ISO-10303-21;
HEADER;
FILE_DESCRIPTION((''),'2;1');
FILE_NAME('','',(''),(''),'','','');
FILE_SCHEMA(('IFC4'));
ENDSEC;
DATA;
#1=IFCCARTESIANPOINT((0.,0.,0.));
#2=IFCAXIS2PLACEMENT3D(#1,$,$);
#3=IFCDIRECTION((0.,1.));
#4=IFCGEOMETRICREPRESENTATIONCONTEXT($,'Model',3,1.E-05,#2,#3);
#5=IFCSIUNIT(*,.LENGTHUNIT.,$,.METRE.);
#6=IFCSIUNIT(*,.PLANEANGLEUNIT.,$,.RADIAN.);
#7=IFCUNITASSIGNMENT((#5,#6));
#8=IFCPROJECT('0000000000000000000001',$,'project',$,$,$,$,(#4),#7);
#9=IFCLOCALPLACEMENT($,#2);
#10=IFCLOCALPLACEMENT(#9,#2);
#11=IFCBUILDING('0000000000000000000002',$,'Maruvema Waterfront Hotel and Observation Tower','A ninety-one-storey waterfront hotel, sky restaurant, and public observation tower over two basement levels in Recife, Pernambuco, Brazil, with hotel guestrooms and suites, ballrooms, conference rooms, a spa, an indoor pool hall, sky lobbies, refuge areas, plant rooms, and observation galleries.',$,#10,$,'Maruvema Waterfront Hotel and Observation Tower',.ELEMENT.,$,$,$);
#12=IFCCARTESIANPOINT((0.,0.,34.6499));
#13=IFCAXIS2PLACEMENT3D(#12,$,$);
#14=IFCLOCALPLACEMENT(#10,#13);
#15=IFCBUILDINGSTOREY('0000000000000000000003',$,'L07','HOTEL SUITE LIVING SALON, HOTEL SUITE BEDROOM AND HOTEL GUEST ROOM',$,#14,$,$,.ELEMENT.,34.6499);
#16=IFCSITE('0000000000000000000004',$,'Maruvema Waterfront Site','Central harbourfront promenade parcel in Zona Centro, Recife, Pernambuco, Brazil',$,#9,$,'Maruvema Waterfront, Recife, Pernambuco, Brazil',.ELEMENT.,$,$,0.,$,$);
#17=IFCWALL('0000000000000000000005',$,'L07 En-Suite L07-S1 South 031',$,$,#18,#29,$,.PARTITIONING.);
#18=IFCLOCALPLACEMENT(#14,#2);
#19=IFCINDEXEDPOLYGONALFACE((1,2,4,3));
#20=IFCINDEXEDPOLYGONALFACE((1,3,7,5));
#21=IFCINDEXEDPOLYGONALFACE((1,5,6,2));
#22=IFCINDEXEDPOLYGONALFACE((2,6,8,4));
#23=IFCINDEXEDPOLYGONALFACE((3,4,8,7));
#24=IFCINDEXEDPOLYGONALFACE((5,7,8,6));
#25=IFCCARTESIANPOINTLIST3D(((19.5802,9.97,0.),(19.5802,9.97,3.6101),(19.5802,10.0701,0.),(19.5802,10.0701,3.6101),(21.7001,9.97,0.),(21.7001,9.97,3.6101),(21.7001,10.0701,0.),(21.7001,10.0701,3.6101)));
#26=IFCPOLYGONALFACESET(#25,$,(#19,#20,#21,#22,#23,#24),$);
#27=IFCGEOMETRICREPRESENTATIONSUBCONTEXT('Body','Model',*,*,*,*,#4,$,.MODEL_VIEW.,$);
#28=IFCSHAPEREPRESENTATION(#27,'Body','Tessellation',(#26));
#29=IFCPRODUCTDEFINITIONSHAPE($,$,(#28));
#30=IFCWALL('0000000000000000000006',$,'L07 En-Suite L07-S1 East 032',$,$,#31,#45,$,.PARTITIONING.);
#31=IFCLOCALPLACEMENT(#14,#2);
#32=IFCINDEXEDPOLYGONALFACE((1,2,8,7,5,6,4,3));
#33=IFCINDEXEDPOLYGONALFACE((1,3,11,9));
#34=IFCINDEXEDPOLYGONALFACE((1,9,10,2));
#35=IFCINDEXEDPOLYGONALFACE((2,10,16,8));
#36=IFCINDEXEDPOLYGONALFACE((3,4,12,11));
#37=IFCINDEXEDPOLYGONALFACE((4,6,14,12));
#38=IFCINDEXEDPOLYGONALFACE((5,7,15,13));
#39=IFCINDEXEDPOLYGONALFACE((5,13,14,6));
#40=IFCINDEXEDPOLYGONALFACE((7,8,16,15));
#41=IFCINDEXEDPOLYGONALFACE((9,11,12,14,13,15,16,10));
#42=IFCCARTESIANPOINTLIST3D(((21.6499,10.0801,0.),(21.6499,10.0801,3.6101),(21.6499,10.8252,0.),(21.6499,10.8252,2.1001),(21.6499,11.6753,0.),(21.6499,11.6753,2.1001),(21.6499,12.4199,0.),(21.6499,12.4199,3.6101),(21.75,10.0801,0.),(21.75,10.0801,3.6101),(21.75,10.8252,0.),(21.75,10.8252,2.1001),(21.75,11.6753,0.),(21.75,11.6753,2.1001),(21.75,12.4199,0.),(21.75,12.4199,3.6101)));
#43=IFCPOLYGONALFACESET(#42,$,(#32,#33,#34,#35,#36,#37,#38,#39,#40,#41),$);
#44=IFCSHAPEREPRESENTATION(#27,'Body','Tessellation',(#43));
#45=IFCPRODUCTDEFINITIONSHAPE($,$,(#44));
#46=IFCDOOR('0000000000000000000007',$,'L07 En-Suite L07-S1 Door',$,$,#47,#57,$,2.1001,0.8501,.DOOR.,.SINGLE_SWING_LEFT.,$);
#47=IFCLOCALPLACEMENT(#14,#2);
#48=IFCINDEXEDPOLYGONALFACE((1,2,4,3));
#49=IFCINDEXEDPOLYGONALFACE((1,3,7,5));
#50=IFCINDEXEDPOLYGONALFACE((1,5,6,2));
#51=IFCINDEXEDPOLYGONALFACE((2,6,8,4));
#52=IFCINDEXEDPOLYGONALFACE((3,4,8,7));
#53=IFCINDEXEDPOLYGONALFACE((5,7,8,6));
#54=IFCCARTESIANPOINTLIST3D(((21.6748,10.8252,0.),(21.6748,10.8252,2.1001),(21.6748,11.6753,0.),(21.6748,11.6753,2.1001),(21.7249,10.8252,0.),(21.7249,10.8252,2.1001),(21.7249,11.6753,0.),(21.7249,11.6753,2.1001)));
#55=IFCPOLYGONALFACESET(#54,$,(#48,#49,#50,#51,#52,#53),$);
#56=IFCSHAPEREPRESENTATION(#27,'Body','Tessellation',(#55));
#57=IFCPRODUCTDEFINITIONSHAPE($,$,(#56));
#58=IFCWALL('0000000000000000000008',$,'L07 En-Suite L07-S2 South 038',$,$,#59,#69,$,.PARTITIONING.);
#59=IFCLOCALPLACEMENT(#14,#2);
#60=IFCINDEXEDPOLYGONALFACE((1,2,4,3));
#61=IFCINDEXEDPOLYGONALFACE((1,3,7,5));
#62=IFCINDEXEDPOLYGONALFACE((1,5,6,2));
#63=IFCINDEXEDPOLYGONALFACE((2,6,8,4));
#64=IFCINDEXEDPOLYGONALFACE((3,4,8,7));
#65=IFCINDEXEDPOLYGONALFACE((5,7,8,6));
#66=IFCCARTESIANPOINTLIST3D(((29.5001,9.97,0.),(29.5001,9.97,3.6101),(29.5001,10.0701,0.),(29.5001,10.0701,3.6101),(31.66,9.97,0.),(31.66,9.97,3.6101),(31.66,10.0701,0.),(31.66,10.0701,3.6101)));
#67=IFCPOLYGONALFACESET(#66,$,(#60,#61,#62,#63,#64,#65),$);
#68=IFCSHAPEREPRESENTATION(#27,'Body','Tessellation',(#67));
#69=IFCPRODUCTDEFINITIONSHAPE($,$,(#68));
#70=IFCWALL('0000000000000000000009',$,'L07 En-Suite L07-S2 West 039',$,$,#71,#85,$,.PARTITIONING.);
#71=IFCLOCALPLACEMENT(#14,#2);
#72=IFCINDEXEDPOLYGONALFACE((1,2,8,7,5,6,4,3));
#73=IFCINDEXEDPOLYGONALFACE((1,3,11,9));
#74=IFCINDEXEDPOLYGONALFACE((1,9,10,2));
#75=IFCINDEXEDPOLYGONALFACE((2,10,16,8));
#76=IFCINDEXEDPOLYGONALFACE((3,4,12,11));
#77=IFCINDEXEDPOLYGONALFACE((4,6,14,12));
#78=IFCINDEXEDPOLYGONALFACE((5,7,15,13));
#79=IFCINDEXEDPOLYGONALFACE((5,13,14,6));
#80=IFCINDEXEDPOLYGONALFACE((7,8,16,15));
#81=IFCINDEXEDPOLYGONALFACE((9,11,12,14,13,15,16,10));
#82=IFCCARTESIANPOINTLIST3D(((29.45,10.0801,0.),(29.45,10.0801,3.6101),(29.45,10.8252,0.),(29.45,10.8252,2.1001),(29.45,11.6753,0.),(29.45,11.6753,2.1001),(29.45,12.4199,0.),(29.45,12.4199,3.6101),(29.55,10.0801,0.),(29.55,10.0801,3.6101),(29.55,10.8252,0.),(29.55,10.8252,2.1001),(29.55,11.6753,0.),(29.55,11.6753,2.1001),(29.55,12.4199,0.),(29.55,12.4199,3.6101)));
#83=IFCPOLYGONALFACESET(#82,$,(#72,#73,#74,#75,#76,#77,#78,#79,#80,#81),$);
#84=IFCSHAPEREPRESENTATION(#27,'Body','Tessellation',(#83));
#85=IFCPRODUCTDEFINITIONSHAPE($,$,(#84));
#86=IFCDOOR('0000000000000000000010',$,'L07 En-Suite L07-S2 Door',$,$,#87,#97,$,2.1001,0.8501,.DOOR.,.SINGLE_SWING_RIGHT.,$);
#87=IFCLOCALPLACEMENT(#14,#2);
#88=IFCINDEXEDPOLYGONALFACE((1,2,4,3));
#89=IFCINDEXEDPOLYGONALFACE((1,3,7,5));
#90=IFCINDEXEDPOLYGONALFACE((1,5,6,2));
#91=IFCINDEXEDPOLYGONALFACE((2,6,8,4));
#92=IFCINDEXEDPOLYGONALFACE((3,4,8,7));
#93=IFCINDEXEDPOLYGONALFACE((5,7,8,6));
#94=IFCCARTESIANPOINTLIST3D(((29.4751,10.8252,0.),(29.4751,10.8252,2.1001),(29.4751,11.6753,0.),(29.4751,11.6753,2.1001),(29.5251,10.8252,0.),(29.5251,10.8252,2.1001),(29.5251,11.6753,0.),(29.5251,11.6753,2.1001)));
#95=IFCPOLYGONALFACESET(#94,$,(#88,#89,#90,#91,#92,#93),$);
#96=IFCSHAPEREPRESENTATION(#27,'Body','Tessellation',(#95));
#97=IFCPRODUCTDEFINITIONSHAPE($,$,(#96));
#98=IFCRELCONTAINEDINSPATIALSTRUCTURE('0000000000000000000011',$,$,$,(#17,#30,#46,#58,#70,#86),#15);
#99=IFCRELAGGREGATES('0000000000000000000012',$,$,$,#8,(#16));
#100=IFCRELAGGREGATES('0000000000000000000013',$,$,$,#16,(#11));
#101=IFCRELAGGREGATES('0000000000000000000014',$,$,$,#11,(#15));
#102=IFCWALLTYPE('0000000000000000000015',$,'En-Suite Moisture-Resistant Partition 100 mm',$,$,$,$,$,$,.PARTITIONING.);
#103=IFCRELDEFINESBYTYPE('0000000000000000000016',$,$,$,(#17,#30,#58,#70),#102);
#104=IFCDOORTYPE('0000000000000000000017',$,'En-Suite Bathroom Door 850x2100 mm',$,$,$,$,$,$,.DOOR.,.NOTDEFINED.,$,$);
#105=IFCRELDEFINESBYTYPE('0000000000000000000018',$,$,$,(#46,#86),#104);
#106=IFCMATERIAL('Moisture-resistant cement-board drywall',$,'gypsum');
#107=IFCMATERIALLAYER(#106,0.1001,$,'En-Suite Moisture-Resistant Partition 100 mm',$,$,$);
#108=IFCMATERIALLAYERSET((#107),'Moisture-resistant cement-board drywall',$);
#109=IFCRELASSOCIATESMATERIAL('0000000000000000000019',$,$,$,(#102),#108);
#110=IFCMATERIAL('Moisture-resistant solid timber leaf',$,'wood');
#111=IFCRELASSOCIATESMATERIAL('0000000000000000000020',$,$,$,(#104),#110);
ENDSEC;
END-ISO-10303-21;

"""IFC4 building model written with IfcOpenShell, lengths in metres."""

from ifc_helpers import new_model, si_unit, direction, frame, frame_2d, origin, place, context, subcontext, project, spatial, rectangle, extrude, material, layer, layer_set, type_object, element, fill, save


model = new_model("IFC4")

# Units and contexts
model_context = context("Model", 3, precision=1e-05, world=origin(), true_north=direction((0.0, 1.0)))
body_context = subcontext(model_context, "Body", "Model", "MODEL_VIEW")
ifc_project = project(units=[si_unit("LENGTHUNIT", "METRE"), si_unit("PLANEANGLEUNIT", "RADIAN")], contexts=[model_context])

# Site, building, storey
site_placement = place(None, origin())
site = spatial("IfcSite", under=ifc_project, at=site_placement, Name="Maruvema Waterfront Site", Description="Central harbourfront promenade parcel in Zona Centro, Recife, Pernambuco, Brazil", LongName="Maruvema Waterfront, Recife, Pernambuco, Brazil", CompositionType="ELEMENT", RefElevation=0.0)
building_placement = place(site_placement, origin())
building = spatial("IfcBuilding", under=site, at=building_placement, Name="Maruvema Waterfront Hotel and Observation Tower", Description="A ninety-one-storey waterfront hotel, sky restaurant, and public observation tower over two basement levels in Recife, Pernambuco, Brazil, with hotel guestrooms and suites, ballrooms, conference rooms, a spa, an indoor pool hall, sky lobbies, refuge areas, plant rooms, and observation galleries.", LongName="Maruvema Waterfront Hotel and Observation Tower", CompositionType="ELEMENT")
storey_placement = place(building_placement, frame((0.0, 0.0, 34.6499)))
storey = spatial("IfcBuildingStorey", under=building, at=storey_placement, Name="L07", Description="HOTEL SUITE LIVING SALON, HOTEL SUITE BEDROOM AND HOTEL GUEST ROOM", CompositionType="ELEMENT", Elevation=34.6499)

# Wall
ifc_material_1 = material(Name="Moisture-resistant cement-board drywall", Category="gypsum")
ifc_layer_1 = layer(ifc_material_1, 0.1001, Name="En-Suite Moisture-Resistant Partition 100 mm")
ifc_layer_set_1 = layer_set([ifc_layer_1], Name="Moisture-resistant cement-board drywall")
wall_type_1 = type_object("IfcWallType", Name="En-Suite Moisture-Resistant Partition 100 mm", PredefinedType="PARTITIONING", material=ifc_layer_set_1)
wall_1_placement = place(storey_placement, frame((19.5801, 10.02, 0.0), z_axis=(0.0, 0.0, 1.0), x_axis=(1.0, 0.0, 0.0)))
element("IfcWall", 1, at=wall_1_placement, inside=storey, type_object=wall_type_1, Name="L07 En-Suite L07-S1 South 031", PredefinedType="PARTITIONING", context=body_context, shape_type="SweptSolid", body=[
    extrude(rectangle(XDim=2.1199, YDim=0.1001, at=frame_2d((1.0601, 0.0))), origin(), (0.0, 0.0, 1.0), 3.6101),
])

# Wall, opening, door
wall_2_placement = place(storey_placement, frame((21.7, 10.0801, 0.0), z_axis=(0.0, 0.0, 1.0), x_axis=(0.0, 1.0, 0.0)))
wall_2 = element("IfcWall", 2, at=wall_2_placement, inside=storey, type_object=wall_type_1, Name="L07 En-Suite L07-S1 East 032", PredefinedType="PARTITIONING", context=body_context, shape_type="SweptSolid", body=[
    extrude(rectangle(XDim=2.3398, YDim=0.1001, at=frame_2d((1.1699, 0.0))), origin(), (0.0, 0.0, 1.0), 3.6101),
])
opening_1_placement = place(wall_2_placement, frame((0.7451, 0.0, 0.0)))
opening_1 = element("IfcOpeningElement", 3, at=opening_1_placement, cuts=wall_2, PredefinedType="OPENING", context=body_context, shape_type="SweptSolid", body=[
    extrude(rectangle(XDim=0.8501, YDim=2.1001, at=frame_2d((0.425, 1.05))), frame((0.0, 0.0601, 0.0), z_axis=(0.0, -1.0, 0.0), x_axis=(1.0, 0.0, 0.0)), (0.0, 0.0, 1.0), 0.1201),
])
ifc_material_2 = material(Name="Moisture-resistant solid timber leaf", Category="wood")
door_type_1 = type_object("IfcDoorType", Name="En-Suite Bathroom Door 850x2100 mm", OperationType="NOTDEFINED", PredefinedType="DOOR", material=ifc_material_2)
door_1_placement = place(opening_1_placement, frame((0.8501, 0.0, 0.0), z_axis=(0.0, 0.0, 1.0), x_axis=(-1.0, 0.0, 0.0)))
door_1 = element("IfcDoor", 4, at=door_1_placement, inside=storey, type_object=door_type_1, Name="L07 En-Suite L07-S1 Door", OperationType="SINGLE_SWING_LEFT", OverallHeight=2.1001, OverallWidth=0.8501, PredefinedType="DOOR", context=body_context, shape_type="SweptSolid", body=[
    extrude(rectangle(XDim=0.8501, YDim=2.1001, at=frame_2d((0.425, 1.05))), frame((0.0, 0.0249, 0.0), z_axis=(0.0, -1.0, 0.0), x_axis=(1.0, 0.0, 0.0)), (0.0, 0.0, 1.0), 0.05),
])
fill(opening_1, door_1)

# Wall
wall_3_placement = place(storey_placement, frame((29.5, 10.02, 0.0), z_axis=(0.0, 0.0, 1.0), x_axis=(1.0, 0.0, 0.0)))
element("IfcWall", 5, at=wall_3_placement, inside=storey, type_object=wall_type_1, Name="L07 En-Suite L07-S2 South 038", PredefinedType="PARTITIONING", context=body_context, shape_type="SweptSolid", body=[
    extrude(rectangle(XDim=2.1599, YDim=0.1001, at=frame_2d((1.0801, 0.0))), origin(), (0.0, 0.0, 1.0), 3.6101),
])

# Wall, opening, door
wall_4_placement = place(storey_placement, frame((29.5, 10.0801, 0.0), z_axis=(0.0, 0.0, 1.0), x_axis=(0.0, 1.0, 0.0)))
wall_4 = element("IfcWall", 6, at=wall_4_placement, inside=storey, type_object=wall_type_1, Name="L07 En-Suite L07-S2 West 039", PredefinedType="PARTITIONING", context=body_context, shape_type="SweptSolid", body=[
    extrude(rectangle(XDim=2.3398, YDim=0.1001, at=frame_2d((1.1699, 0.0))), origin(), (0.0, 0.0, 1.0), 3.6101),
])
opening_2_placement = place(wall_4_placement, frame((0.7451, 0.0, 0.0)))
opening_2 = element("IfcOpeningElement", 7, at=opening_2_placement, cuts=wall_4, PredefinedType="OPENING", context=body_context, shape_type="SweptSolid", body=[
    extrude(rectangle(XDim=0.8501, YDim=2.1001, at=frame_2d((0.425, 1.05))), frame((0.0, 0.0601, 0.0), z_axis=(0.0, -1.0, 0.0), x_axis=(1.0, 0.0, 0.0)), (0.0, 0.0, 1.0), 0.1201),
])
door_2_placement = place(opening_2_placement, origin())
door_2 = element("IfcDoor", 8, at=door_2_placement, inside=storey, type_object=door_type_1, Name="L07 En-Suite L07-S2 Door", OperationType="SINGLE_SWING_RIGHT", OverallHeight=2.1001, OverallWidth=0.8501, PredefinedType="DOOR", context=body_context, shape_type="SweptSolid", body=[
    extrude(rectangle(XDim=0.8501, YDim=2.1001, at=frame_2d((0.425, 1.05))), frame((0.0, 0.0249, 0.0), z_axis=(0.0, -1.0, 0.0), x_axis=(1.0, 0.0, 0.0)), (0.0, 0.0, 1.0), 0.05),
])
fill(opening_2, door_2)

save(model, "model.ifc")
